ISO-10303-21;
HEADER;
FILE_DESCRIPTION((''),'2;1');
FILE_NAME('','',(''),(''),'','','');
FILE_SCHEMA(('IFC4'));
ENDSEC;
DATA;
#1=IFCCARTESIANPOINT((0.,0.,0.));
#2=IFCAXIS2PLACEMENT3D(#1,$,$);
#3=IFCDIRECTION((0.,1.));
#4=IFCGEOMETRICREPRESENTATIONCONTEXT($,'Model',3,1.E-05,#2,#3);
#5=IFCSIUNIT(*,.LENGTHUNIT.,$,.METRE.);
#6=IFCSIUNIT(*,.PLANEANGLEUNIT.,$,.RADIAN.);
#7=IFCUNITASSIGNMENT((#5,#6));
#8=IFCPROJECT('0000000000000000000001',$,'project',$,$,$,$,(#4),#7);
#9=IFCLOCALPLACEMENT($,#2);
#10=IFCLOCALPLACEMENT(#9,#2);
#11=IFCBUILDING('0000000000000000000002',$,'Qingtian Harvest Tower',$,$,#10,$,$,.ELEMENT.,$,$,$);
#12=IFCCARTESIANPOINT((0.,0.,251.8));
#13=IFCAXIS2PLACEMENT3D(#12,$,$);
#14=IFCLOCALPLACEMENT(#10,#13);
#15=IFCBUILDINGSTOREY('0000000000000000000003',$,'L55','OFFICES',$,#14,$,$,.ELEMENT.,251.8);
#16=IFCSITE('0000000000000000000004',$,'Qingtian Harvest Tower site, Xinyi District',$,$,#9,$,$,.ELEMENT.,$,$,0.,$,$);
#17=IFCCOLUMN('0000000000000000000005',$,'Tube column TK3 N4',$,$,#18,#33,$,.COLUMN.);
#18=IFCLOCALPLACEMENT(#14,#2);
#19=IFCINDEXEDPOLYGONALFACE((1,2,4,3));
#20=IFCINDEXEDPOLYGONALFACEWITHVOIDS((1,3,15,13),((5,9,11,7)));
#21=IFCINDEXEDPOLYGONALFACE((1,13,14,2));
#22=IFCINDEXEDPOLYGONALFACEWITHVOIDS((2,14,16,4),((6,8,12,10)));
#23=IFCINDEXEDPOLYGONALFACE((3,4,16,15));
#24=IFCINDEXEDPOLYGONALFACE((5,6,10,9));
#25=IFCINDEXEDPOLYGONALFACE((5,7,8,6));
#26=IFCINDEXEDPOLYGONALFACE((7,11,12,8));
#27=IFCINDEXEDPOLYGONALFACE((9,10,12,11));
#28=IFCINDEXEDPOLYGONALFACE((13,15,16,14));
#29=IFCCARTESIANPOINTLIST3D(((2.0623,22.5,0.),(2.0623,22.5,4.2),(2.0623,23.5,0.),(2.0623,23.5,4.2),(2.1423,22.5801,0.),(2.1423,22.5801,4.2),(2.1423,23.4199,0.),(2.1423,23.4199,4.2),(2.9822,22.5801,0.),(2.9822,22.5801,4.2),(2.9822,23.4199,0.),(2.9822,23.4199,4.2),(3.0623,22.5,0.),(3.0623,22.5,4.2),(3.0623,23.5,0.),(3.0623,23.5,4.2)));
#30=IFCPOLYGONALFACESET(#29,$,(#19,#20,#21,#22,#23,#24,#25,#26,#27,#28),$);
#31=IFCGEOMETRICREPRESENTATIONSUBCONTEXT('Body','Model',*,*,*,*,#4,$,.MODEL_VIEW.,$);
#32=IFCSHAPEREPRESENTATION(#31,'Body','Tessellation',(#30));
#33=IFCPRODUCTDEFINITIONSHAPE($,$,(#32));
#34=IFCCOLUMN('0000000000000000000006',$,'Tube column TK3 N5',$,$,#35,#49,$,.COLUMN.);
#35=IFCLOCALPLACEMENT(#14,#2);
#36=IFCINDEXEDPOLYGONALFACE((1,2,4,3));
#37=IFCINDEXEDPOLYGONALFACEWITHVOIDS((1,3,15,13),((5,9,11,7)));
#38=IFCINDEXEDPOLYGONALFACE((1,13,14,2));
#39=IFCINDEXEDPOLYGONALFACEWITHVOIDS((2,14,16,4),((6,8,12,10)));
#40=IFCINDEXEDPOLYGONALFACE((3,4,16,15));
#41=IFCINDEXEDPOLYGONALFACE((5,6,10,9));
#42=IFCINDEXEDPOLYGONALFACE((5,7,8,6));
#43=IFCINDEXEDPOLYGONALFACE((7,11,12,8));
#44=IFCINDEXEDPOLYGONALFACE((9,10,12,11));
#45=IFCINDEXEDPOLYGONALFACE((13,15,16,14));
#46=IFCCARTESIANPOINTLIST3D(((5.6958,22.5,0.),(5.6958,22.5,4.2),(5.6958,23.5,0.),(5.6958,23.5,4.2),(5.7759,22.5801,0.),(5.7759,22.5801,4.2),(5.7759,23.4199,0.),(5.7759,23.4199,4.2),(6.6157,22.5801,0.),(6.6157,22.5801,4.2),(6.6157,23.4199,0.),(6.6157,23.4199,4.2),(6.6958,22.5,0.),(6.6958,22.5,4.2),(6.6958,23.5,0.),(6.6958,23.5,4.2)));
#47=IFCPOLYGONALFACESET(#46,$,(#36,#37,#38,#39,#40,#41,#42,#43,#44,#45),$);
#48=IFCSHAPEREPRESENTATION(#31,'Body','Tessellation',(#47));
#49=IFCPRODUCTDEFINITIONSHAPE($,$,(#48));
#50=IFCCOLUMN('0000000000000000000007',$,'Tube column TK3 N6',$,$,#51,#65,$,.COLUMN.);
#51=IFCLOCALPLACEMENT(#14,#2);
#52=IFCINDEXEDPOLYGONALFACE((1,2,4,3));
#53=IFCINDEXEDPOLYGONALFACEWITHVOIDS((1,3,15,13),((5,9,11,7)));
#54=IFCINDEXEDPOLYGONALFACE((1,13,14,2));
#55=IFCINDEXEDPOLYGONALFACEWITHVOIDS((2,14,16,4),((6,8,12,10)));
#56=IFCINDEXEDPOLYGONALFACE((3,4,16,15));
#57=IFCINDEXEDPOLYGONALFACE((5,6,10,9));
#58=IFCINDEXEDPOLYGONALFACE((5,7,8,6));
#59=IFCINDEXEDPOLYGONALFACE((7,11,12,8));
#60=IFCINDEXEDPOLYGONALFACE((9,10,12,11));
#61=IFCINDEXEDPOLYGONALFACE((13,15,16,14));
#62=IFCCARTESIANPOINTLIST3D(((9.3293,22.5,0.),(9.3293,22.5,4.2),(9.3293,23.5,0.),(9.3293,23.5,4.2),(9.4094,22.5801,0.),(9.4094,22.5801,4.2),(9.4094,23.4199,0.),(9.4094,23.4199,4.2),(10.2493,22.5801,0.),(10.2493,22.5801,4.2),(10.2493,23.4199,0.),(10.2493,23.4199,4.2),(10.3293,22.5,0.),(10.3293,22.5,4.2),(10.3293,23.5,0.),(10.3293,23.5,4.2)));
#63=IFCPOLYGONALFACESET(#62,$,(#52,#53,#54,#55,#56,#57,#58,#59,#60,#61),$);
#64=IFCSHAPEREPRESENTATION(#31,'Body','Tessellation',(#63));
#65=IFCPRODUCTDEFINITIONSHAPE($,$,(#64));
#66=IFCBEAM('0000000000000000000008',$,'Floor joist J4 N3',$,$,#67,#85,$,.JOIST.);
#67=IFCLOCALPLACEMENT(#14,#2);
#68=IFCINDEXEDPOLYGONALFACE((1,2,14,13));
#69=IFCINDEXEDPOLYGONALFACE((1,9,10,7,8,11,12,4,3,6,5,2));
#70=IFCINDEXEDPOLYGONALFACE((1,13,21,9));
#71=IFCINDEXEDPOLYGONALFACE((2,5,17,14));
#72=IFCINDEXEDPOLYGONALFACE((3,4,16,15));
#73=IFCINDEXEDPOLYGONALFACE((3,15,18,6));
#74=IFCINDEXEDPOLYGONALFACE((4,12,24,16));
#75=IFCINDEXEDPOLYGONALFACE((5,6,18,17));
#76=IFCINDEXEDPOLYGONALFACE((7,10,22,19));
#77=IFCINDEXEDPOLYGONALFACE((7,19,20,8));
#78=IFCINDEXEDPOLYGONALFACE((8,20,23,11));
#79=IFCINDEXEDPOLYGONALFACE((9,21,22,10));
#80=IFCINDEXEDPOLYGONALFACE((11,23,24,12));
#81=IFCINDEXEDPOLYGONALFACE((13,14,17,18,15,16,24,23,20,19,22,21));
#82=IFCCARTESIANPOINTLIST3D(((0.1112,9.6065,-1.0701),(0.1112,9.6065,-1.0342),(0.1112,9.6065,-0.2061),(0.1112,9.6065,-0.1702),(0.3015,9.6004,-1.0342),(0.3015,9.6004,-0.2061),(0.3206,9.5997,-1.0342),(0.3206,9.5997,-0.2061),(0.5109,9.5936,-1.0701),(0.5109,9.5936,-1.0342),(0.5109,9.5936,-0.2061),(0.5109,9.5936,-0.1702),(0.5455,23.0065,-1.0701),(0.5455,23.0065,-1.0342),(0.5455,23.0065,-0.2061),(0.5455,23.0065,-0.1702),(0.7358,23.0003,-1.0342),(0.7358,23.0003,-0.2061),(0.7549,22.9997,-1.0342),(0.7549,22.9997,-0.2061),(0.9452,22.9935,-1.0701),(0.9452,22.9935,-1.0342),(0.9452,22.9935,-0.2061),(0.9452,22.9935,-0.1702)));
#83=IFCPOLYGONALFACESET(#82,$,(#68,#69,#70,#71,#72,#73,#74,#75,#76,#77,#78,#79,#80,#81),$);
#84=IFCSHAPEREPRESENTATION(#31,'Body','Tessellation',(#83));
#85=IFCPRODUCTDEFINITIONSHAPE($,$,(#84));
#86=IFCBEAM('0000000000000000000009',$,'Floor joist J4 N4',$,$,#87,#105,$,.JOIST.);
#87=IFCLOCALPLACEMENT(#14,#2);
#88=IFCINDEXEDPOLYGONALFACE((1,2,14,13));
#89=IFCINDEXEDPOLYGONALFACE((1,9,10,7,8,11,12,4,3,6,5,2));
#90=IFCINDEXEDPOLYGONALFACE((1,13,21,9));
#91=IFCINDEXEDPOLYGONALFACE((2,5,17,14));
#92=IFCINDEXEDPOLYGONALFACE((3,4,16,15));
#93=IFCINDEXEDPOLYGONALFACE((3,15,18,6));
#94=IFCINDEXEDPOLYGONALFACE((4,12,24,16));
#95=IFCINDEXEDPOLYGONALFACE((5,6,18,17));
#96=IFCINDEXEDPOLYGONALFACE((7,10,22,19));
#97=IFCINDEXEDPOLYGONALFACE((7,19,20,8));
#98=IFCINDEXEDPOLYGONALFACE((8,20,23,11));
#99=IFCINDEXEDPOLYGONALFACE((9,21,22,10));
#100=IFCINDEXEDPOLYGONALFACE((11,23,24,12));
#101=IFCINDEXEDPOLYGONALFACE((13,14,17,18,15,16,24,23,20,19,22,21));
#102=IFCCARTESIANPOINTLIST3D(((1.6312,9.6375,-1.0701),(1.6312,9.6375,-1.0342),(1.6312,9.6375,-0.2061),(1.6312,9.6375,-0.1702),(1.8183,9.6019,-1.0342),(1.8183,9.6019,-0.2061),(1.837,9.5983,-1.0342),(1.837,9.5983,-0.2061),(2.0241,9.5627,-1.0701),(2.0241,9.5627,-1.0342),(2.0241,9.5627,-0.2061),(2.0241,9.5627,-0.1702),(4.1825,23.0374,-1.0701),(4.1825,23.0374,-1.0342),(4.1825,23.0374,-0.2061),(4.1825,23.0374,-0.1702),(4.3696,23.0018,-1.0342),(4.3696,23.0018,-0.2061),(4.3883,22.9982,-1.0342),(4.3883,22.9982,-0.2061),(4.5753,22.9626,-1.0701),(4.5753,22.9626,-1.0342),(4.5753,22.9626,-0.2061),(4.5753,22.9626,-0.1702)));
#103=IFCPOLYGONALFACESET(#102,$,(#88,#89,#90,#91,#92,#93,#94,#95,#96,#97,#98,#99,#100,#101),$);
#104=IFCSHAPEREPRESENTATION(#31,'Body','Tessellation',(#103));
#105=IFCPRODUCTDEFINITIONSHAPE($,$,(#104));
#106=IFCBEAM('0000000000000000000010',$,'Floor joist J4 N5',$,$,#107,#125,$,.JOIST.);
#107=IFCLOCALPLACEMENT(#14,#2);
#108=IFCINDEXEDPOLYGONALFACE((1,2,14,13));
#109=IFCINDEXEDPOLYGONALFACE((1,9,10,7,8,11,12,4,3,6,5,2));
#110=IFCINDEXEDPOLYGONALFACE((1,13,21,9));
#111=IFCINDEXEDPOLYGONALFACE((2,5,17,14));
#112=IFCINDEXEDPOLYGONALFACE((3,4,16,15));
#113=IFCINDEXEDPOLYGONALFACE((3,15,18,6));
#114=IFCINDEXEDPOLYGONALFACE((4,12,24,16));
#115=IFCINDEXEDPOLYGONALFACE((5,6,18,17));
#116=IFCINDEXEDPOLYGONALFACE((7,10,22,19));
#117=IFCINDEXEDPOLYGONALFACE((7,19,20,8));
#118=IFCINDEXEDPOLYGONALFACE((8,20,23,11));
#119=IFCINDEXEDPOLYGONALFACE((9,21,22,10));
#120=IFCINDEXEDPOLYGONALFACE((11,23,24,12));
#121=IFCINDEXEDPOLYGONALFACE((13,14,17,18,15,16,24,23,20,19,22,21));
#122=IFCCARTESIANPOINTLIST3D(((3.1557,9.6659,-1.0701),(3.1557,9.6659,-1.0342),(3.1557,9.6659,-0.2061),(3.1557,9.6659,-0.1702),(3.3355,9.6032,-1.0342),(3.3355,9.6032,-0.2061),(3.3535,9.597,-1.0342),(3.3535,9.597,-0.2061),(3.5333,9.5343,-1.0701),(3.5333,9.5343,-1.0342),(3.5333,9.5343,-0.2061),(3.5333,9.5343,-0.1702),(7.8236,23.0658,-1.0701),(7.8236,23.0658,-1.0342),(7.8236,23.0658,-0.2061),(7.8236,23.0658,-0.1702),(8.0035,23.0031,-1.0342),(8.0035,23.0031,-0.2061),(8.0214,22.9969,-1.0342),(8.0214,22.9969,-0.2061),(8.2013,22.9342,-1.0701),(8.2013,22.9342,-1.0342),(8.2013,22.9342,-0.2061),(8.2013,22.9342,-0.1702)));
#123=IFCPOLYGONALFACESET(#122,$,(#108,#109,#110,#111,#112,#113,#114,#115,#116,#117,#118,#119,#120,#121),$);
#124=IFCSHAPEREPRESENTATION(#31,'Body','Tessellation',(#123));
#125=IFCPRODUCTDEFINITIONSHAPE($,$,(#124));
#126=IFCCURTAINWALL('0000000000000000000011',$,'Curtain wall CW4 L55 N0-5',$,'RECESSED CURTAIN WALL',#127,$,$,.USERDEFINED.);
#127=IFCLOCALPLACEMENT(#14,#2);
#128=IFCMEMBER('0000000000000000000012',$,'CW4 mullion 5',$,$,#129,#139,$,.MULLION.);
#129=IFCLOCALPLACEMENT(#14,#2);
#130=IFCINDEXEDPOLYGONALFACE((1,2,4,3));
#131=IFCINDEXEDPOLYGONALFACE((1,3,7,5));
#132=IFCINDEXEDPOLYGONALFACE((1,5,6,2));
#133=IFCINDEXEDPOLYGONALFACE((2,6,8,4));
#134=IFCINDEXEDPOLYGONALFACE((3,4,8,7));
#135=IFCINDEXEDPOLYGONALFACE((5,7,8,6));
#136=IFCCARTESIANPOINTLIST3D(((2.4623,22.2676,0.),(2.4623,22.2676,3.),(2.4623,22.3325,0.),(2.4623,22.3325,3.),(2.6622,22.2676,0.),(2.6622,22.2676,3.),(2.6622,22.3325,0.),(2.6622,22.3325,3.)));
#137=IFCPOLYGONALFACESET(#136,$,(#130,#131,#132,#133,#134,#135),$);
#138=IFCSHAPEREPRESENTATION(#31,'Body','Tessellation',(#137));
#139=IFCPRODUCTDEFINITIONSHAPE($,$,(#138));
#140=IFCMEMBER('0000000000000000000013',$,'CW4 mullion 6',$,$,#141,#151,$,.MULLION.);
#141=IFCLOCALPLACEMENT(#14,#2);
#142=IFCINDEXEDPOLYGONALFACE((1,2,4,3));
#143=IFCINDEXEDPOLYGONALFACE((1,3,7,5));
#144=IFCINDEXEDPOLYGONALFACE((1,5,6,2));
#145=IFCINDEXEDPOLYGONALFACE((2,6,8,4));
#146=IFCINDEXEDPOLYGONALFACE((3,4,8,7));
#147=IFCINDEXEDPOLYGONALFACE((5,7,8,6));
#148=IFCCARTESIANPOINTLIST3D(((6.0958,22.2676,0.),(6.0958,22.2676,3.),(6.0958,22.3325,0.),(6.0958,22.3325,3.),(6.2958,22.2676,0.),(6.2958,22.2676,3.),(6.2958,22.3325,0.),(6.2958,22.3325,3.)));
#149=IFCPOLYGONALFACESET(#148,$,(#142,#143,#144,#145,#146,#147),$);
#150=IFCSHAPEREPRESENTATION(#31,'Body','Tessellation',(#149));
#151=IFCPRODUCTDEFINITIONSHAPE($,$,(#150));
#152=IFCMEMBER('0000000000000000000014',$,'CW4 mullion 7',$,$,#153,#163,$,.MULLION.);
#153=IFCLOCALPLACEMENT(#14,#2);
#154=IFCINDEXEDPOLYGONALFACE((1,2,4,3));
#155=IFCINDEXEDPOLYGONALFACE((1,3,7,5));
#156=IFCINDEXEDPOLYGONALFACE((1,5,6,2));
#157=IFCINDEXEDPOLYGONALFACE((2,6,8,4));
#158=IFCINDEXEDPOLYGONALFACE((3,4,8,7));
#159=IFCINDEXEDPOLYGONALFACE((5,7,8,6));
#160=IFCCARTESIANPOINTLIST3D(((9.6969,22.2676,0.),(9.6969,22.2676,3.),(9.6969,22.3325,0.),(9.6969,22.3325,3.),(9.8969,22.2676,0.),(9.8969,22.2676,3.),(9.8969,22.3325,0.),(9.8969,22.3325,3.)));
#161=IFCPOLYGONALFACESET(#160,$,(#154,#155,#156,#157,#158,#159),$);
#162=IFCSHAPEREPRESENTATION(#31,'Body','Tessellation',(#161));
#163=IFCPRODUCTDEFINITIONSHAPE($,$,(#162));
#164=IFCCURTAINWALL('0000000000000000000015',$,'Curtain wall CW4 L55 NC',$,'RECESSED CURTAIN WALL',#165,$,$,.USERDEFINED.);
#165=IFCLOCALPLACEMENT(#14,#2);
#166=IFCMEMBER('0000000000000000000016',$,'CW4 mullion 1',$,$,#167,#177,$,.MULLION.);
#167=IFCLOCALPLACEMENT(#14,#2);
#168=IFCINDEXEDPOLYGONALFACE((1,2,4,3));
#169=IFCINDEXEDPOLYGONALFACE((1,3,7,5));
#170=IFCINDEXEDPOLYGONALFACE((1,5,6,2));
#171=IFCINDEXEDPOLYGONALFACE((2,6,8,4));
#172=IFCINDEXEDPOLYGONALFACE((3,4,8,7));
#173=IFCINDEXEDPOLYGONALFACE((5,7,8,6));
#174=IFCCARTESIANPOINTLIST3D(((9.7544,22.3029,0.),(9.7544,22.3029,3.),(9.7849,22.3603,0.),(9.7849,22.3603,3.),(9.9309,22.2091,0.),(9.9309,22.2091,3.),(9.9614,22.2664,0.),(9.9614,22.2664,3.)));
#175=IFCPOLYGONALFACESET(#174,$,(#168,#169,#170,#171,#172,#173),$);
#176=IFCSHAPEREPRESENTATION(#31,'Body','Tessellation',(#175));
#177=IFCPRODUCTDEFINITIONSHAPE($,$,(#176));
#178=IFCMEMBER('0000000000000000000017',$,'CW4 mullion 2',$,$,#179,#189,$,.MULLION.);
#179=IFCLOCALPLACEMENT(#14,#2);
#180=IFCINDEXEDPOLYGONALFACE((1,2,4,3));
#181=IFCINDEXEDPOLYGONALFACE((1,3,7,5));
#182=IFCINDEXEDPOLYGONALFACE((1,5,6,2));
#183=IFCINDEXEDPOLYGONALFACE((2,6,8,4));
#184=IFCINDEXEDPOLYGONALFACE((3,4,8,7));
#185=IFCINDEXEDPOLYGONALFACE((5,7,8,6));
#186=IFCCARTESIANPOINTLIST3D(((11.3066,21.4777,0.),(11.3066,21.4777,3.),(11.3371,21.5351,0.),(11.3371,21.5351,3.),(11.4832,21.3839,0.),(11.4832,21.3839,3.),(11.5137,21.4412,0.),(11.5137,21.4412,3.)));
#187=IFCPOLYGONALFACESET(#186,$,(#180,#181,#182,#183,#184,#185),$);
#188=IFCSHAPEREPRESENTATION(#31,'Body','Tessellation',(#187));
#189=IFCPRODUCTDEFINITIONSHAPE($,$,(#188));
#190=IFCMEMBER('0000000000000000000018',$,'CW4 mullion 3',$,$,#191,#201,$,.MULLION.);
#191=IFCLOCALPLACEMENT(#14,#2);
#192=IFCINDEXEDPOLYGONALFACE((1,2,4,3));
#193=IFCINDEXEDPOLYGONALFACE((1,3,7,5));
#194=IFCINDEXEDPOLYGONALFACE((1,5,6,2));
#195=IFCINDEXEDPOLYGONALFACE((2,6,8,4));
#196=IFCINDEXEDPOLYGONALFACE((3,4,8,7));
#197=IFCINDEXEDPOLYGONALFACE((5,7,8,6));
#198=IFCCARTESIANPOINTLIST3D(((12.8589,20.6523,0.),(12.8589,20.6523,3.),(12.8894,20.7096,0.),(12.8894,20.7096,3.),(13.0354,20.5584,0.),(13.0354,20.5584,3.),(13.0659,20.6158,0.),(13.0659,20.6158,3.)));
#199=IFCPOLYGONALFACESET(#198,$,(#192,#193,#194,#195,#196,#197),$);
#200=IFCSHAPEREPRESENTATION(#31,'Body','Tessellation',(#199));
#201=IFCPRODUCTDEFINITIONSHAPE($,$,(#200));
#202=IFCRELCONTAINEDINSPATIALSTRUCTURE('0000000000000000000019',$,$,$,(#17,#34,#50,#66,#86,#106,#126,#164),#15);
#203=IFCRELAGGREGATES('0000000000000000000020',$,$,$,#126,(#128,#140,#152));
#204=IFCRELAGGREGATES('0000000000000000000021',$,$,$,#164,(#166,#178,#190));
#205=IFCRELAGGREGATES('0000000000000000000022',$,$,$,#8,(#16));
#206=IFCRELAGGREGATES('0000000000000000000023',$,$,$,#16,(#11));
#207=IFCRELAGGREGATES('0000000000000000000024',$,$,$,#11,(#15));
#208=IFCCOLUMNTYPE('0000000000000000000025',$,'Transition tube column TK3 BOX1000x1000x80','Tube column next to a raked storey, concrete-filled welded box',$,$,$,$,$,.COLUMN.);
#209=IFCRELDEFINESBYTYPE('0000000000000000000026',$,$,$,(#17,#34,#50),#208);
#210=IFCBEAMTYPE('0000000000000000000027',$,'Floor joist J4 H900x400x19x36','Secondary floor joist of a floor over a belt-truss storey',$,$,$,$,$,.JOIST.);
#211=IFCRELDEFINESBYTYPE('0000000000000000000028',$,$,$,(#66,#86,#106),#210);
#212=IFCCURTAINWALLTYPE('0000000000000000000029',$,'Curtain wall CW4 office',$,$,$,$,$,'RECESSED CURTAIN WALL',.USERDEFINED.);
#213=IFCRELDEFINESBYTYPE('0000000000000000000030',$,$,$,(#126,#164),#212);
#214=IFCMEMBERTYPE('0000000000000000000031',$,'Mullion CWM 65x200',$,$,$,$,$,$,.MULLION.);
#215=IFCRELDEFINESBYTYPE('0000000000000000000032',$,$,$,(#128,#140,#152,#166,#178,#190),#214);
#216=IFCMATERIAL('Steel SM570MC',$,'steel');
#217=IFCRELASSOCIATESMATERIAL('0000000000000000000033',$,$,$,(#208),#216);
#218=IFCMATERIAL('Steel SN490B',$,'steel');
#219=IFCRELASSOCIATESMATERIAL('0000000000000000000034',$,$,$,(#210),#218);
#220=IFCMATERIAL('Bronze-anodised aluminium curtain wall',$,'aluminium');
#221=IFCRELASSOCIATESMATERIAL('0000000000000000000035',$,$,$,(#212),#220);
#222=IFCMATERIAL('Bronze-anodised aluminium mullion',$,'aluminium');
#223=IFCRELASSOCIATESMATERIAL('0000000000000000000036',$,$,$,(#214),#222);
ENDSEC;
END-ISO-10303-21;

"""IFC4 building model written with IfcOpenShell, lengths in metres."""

from ifc_helpers import new_model, si_unit, direction, frame, origin, origin_2d, place, context, subcontext, project, spatial, rectangle, hollow_rectangle, i_section, extrude, material, material_profile, profile_set, type_object, element, aggregate, save


model = new_model("IFC4")

# Units and contexts
model_context = context("Model", 3, precision=1e-05, world=origin(), true_north=direction((0.0, 1.0)))
body_context = subcontext(model_context, "Body", "Model", "MODEL_VIEW")
ifc_project = project(units=[si_unit("LENGTHUNIT", "METRE"), si_unit("PLANEANGLEUNIT", "RADIAN")], contexts=[model_context])

# Site, building, storey
site_placement = place(None, origin())
site = spatial("IfcSite", under=ifc_project, at=site_placement, Name="Qingtian Harvest Tower site, Xinyi District", CompositionType="ELEMENT", RefElevation=0.0)
building_placement = place(site_placement, origin())
building = spatial("IfcBuilding", under=site, at=building_placement, Name="Qingtian Harvest Tower", CompositionType="ELEMENT")
storey_placement = place(building_placement, frame((0.0, 0.0, 251.8)))
storey = spatial("IfcBuildingStorey", under=building, at=storey_placement, Name="L55", Description="OFFICES", CompositionType="ELEMENT", Elevation=251.8)

# Columns
ifc_material_1 = material(Name="Steel SM570MC", Category="steel")
ifc_material_profile_1 = material_profile(ifc_material_1, hollow_rectangle(XDim=1.0, YDim=1.0, WallThickness=0.0801, at=origin_2d()), Name="BOX1000x1000x80")
ifc_profile_set_1 = profile_set([ifc_material_profile_1], Name="Steel SM570MC")
column_type = type_object("IfcColumnType", Name="Transition tube column TK3 BOX1000x1000x80", Description="Tube column next to a raked storey, concrete-filled welded box", PredefinedType="COLUMN", material=ifc_profile_set_1)
for number, where, z_axis, x_axis, name in (
    (1, (2.5623, 23.0, 0.0), (0.0, 0.0, 1.0), (-1.0, 0.0, 0.0), "Tube column TK3 N4"),
    (2, (6.1958, 23.0, 0.0), (0.0, 0.0, 1.0), (-1.0, 0.0, 0.0), "Tube column TK3 N5"),
    (3, (9.8293, 23.0, 0.0), (0.0, 0.0, 1.0), (-1.0, 0.0, 0.0), "Tube column TK3 N6"),
):
    element("IfcColumn", number, at=place(storey_placement, frame(where, z_axis=z_axis, x_axis=x_axis)), inside=storey, type_object=column_type, Name=name, PredefinedType="COLUMN", context=body_context, shape_type="SweptSolid", body=[
        extrude(hollow_rectangle(XDim=1.0, YDim=1.0, WallThickness=0.0801, at=origin_2d()), origin(), (0.0, 0.0, 1.0), 4.2),
    ])

# Beams
ifc_material_2 = material(Name="Steel SN490B", Category="steel")
ifc_material_profile_2 = material_profile(ifc_material_2, i_section(OverallWidth=0.3999, OverallDepth=0.8999, WebThickness=0.019, FlangeThickness=0.0359, at=origin_2d()), Name="H900x400x19x36")
ifc_profile_set_2 = profile_set([ifc_material_profile_2], Name="Steel SN490B")
beam_type_1 = type_object("IfcBeamType", Name="Floor joist J4 H900x400x19x36", Description="Secondary floor joist of a floor over a belt-truss storey", PredefinedType="JOIST", material=ifc_profile_set_2)
beam_1_placement = place(storey_placement, frame((0.7454, 23.0, -0.6201), z_axis=(-0.032396, -0.999475, 0.0), x_axis=(0.999475, -0.032396, 0.0)))
element("IfcBeam", 4, at=beam_1_placement, inside=storey, type_object=beam_type_1, Name="Floor joist J4 N3", PredefinedType="JOIST", context=body_context, shape_type="SweptSolid", body=[
    extrude(i_section(OverallWidth=0.3999, OverallDepth=0.8999, WebThickness=0.019, FlangeThickness=0.0359, at=origin_2d()), origin(), (0.0, 0.0, 1.0), 13.407),
])
beam_2_placement = place(storey_placement, frame((4.3789, 23.0, -0.6201), z_axis=(-0.187035, -0.982353, 0.0), x_axis=(0.982353, -0.187035, 0.0)))
element("IfcBeam", 5, at=beam_2_placement, inside=storey, type_object=beam_type_1, Name="Floor joist J4 N4", PredefinedType="JOIST", context=body_context, shape_type="SweptSolid", body=[
    extrude(i_section(OverallWidth=0.3999, OverallDepth=0.8999, WebThickness=0.019, FlangeThickness=0.0359, at=origin_2d()), origin(), (0.0, 0.0, 1.0), 13.6406),
])
beam_3_placement = place(storey_placement, frame((8.0125, 23.0, -0.6201), z_axis=(-0.328969, -0.944341, 0.0), x_axis=(0.944341, -0.328969, 0.0)))
element("IfcBeam", 6, at=beam_3_placement, inside=storey, type_object=beam_type_1, Name="Floor joist J4 N5", PredefinedType="JOIST", context=body_context, shape_type="SweptSolid", body=[
    extrude(i_section(OverallWidth=0.3999, OverallDepth=0.8999, WebThickness=0.019, FlangeThickness=0.0359, at=origin_2d()), origin(), (0.0, 0.0, 1.0), 14.1897),
])

# Curtain walls, members
ifc_material_3 = material(Name="Bronze-anodised aluminium curtain wall", Category="aluminium")
curtain_wall_type = type_object("IfcCurtainWallType", Name="Curtain wall CW4 office", ElementType="RECESSED CURTAIN WALL", PredefinedType="USERDEFINED", material=ifc_material_3)
curtain_wall_1_placement = place(storey_placement, origin())
curtain_wall_1 = element("IfcCurtainWall", 7, at=curtain_wall_1_placement, inside=storey, type_object=curtain_wall_type, Name="Curtain wall CW4 L55 N0-5", ObjectType="RECESSED CURTAIN WALL", PredefinedType="USERDEFINED")
ifc_material_4 = material(Name="Bronze-anodised aluminium mullion", Category="aluminium")
ifc_material_profile_3 = material_profile(ifc_material_4, rectangle(XDim=0.0649, YDim=0.2, at=origin_2d()), Name="AL 65x200")
ifc_profile_set_3 = profile_set([ifc_material_profile_3], Name="Bronze-anodised aluminium mullion")
member_type_1 = type_object("IfcMemberType", Name="Mullion CWM 65x200", PredefinedType="MULLION", material=ifc_profile_set_3)
member_1_placement = place(storey_placement, frame((2.5623, 22.3, 0.0), z_axis=(0.0, 0.0, 1.0), x_axis=(0.0, 1.0, 0.0)))
member_1 = element("IfcMember", 8, at=member_1_placement, type_object=member_type_1, Name="CW4 mullion 5", PredefinedType="MULLION", context=body_context, shape_type="SweptSolid", body=[
    extrude(rectangle(XDim=0.0649, YDim=0.2, at=origin_2d()), origin(), (0.0, 0.0, 1.0), 3.0),
])
member_2_placement = place(storey_placement, frame((6.1958, 22.3, 0.0), z_axis=(0.0, 0.0, 1.0), x_axis=(0.0, 1.0, 0.0)))
member_2 = element("IfcMember", 9, at=member_2_placement, type_object=member_type_1, Name="CW4 mullion 6", PredefinedType="MULLION", context=body_context, shape_type="SweptSolid", body=[
    extrude(rectangle(XDim=0.0649, YDim=0.2, at=origin_2d()), origin(), (0.0, 0.0, 1.0), 3.0),
])
member_3_placement = place(storey_placement, frame((9.7969, 22.3, 0.0), z_axis=(0.0, 0.0, 1.0), x_axis=(0.0, 1.0, 0.0)))
member_3 = element("IfcMember", 10, at=member_3_placement, type_object=member_type_1, Name="CW4 mullion 7", PredefinedType="MULLION", context=body_context, shape_type="SweptSolid", body=[
    extrude(rectangle(XDim=0.0649, YDim=0.2, at=origin_2d()), origin(), (0.0, 0.0, 1.0), 3.0),
])
curtain_wall_2_placement = place(storey_placement, origin())
curtain_wall_2 = element("IfcCurtainWall", 11, at=curtain_wall_2_placement, inside=storey, type_object=curtain_wall_type, Name="Curtain wall CW4 L55 NC", ObjectType="RECESSED CURTAIN WALL", PredefinedType="USERDEFINED")
member_4_placement = place(storey_placement, frame((9.8579, 22.2847, 0.0), z_axis=(0.0, 0.0, 1.0), x_axis=(0.469472, 0.882948, 0.0)))
member_4 = element("IfcMember", 12, at=member_4_placement, type_object=member_type_1, Name="CW4 mullion 1", PredefinedType="MULLION", context=body_context, shape_type="SweptSolid", body=[
    extrude(rectangle(XDim=0.0649, YDim=0.2, at=origin_2d()), origin(), (0.0, 0.0, 1.0), 3.0),
])
member_5_placement = place(storey_placement, frame((11.4102, 21.4595, 0.0), z_axis=(0.0, 0.0, 1.0), x_axis=(0.469472, 0.882948, 0.0)))
member_5 = element("IfcMember", 13, at=member_5_placement, type_object=member_type_1, Name="CW4 mullion 2", PredefinedType="MULLION", context=body_context, shape_type="SweptSolid", body=[
    extrude(rectangle(XDim=0.0649, YDim=0.2, at=origin_2d()), origin(), (0.0, 0.0, 1.0), 3.0),
])
member_6_placement = place(storey_placement, frame((12.9624, 20.634, 0.0), z_axis=(0.0, 0.0, 1.0), x_axis=(0.469472, 0.882948, 0.0)))
member_6 = element("IfcMember", 14, at=member_6_placement, type_object=member_type_1, Name="CW4 mullion 3", PredefinedType="MULLION", context=body_context, shape_type="SweptSolid", body=[
    extrude(rectangle(XDim=0.0649, YDim=0.2, at=origin_2d()), origin(), (0.0, 0.0, 1.0), 3.0),
])

aggregate(curtain_wall_1, [member_1, member_2, member_3])
aggregate(curtain_wall_2, [member_4, member_5, member_6])

save(model, "model.ifc")
